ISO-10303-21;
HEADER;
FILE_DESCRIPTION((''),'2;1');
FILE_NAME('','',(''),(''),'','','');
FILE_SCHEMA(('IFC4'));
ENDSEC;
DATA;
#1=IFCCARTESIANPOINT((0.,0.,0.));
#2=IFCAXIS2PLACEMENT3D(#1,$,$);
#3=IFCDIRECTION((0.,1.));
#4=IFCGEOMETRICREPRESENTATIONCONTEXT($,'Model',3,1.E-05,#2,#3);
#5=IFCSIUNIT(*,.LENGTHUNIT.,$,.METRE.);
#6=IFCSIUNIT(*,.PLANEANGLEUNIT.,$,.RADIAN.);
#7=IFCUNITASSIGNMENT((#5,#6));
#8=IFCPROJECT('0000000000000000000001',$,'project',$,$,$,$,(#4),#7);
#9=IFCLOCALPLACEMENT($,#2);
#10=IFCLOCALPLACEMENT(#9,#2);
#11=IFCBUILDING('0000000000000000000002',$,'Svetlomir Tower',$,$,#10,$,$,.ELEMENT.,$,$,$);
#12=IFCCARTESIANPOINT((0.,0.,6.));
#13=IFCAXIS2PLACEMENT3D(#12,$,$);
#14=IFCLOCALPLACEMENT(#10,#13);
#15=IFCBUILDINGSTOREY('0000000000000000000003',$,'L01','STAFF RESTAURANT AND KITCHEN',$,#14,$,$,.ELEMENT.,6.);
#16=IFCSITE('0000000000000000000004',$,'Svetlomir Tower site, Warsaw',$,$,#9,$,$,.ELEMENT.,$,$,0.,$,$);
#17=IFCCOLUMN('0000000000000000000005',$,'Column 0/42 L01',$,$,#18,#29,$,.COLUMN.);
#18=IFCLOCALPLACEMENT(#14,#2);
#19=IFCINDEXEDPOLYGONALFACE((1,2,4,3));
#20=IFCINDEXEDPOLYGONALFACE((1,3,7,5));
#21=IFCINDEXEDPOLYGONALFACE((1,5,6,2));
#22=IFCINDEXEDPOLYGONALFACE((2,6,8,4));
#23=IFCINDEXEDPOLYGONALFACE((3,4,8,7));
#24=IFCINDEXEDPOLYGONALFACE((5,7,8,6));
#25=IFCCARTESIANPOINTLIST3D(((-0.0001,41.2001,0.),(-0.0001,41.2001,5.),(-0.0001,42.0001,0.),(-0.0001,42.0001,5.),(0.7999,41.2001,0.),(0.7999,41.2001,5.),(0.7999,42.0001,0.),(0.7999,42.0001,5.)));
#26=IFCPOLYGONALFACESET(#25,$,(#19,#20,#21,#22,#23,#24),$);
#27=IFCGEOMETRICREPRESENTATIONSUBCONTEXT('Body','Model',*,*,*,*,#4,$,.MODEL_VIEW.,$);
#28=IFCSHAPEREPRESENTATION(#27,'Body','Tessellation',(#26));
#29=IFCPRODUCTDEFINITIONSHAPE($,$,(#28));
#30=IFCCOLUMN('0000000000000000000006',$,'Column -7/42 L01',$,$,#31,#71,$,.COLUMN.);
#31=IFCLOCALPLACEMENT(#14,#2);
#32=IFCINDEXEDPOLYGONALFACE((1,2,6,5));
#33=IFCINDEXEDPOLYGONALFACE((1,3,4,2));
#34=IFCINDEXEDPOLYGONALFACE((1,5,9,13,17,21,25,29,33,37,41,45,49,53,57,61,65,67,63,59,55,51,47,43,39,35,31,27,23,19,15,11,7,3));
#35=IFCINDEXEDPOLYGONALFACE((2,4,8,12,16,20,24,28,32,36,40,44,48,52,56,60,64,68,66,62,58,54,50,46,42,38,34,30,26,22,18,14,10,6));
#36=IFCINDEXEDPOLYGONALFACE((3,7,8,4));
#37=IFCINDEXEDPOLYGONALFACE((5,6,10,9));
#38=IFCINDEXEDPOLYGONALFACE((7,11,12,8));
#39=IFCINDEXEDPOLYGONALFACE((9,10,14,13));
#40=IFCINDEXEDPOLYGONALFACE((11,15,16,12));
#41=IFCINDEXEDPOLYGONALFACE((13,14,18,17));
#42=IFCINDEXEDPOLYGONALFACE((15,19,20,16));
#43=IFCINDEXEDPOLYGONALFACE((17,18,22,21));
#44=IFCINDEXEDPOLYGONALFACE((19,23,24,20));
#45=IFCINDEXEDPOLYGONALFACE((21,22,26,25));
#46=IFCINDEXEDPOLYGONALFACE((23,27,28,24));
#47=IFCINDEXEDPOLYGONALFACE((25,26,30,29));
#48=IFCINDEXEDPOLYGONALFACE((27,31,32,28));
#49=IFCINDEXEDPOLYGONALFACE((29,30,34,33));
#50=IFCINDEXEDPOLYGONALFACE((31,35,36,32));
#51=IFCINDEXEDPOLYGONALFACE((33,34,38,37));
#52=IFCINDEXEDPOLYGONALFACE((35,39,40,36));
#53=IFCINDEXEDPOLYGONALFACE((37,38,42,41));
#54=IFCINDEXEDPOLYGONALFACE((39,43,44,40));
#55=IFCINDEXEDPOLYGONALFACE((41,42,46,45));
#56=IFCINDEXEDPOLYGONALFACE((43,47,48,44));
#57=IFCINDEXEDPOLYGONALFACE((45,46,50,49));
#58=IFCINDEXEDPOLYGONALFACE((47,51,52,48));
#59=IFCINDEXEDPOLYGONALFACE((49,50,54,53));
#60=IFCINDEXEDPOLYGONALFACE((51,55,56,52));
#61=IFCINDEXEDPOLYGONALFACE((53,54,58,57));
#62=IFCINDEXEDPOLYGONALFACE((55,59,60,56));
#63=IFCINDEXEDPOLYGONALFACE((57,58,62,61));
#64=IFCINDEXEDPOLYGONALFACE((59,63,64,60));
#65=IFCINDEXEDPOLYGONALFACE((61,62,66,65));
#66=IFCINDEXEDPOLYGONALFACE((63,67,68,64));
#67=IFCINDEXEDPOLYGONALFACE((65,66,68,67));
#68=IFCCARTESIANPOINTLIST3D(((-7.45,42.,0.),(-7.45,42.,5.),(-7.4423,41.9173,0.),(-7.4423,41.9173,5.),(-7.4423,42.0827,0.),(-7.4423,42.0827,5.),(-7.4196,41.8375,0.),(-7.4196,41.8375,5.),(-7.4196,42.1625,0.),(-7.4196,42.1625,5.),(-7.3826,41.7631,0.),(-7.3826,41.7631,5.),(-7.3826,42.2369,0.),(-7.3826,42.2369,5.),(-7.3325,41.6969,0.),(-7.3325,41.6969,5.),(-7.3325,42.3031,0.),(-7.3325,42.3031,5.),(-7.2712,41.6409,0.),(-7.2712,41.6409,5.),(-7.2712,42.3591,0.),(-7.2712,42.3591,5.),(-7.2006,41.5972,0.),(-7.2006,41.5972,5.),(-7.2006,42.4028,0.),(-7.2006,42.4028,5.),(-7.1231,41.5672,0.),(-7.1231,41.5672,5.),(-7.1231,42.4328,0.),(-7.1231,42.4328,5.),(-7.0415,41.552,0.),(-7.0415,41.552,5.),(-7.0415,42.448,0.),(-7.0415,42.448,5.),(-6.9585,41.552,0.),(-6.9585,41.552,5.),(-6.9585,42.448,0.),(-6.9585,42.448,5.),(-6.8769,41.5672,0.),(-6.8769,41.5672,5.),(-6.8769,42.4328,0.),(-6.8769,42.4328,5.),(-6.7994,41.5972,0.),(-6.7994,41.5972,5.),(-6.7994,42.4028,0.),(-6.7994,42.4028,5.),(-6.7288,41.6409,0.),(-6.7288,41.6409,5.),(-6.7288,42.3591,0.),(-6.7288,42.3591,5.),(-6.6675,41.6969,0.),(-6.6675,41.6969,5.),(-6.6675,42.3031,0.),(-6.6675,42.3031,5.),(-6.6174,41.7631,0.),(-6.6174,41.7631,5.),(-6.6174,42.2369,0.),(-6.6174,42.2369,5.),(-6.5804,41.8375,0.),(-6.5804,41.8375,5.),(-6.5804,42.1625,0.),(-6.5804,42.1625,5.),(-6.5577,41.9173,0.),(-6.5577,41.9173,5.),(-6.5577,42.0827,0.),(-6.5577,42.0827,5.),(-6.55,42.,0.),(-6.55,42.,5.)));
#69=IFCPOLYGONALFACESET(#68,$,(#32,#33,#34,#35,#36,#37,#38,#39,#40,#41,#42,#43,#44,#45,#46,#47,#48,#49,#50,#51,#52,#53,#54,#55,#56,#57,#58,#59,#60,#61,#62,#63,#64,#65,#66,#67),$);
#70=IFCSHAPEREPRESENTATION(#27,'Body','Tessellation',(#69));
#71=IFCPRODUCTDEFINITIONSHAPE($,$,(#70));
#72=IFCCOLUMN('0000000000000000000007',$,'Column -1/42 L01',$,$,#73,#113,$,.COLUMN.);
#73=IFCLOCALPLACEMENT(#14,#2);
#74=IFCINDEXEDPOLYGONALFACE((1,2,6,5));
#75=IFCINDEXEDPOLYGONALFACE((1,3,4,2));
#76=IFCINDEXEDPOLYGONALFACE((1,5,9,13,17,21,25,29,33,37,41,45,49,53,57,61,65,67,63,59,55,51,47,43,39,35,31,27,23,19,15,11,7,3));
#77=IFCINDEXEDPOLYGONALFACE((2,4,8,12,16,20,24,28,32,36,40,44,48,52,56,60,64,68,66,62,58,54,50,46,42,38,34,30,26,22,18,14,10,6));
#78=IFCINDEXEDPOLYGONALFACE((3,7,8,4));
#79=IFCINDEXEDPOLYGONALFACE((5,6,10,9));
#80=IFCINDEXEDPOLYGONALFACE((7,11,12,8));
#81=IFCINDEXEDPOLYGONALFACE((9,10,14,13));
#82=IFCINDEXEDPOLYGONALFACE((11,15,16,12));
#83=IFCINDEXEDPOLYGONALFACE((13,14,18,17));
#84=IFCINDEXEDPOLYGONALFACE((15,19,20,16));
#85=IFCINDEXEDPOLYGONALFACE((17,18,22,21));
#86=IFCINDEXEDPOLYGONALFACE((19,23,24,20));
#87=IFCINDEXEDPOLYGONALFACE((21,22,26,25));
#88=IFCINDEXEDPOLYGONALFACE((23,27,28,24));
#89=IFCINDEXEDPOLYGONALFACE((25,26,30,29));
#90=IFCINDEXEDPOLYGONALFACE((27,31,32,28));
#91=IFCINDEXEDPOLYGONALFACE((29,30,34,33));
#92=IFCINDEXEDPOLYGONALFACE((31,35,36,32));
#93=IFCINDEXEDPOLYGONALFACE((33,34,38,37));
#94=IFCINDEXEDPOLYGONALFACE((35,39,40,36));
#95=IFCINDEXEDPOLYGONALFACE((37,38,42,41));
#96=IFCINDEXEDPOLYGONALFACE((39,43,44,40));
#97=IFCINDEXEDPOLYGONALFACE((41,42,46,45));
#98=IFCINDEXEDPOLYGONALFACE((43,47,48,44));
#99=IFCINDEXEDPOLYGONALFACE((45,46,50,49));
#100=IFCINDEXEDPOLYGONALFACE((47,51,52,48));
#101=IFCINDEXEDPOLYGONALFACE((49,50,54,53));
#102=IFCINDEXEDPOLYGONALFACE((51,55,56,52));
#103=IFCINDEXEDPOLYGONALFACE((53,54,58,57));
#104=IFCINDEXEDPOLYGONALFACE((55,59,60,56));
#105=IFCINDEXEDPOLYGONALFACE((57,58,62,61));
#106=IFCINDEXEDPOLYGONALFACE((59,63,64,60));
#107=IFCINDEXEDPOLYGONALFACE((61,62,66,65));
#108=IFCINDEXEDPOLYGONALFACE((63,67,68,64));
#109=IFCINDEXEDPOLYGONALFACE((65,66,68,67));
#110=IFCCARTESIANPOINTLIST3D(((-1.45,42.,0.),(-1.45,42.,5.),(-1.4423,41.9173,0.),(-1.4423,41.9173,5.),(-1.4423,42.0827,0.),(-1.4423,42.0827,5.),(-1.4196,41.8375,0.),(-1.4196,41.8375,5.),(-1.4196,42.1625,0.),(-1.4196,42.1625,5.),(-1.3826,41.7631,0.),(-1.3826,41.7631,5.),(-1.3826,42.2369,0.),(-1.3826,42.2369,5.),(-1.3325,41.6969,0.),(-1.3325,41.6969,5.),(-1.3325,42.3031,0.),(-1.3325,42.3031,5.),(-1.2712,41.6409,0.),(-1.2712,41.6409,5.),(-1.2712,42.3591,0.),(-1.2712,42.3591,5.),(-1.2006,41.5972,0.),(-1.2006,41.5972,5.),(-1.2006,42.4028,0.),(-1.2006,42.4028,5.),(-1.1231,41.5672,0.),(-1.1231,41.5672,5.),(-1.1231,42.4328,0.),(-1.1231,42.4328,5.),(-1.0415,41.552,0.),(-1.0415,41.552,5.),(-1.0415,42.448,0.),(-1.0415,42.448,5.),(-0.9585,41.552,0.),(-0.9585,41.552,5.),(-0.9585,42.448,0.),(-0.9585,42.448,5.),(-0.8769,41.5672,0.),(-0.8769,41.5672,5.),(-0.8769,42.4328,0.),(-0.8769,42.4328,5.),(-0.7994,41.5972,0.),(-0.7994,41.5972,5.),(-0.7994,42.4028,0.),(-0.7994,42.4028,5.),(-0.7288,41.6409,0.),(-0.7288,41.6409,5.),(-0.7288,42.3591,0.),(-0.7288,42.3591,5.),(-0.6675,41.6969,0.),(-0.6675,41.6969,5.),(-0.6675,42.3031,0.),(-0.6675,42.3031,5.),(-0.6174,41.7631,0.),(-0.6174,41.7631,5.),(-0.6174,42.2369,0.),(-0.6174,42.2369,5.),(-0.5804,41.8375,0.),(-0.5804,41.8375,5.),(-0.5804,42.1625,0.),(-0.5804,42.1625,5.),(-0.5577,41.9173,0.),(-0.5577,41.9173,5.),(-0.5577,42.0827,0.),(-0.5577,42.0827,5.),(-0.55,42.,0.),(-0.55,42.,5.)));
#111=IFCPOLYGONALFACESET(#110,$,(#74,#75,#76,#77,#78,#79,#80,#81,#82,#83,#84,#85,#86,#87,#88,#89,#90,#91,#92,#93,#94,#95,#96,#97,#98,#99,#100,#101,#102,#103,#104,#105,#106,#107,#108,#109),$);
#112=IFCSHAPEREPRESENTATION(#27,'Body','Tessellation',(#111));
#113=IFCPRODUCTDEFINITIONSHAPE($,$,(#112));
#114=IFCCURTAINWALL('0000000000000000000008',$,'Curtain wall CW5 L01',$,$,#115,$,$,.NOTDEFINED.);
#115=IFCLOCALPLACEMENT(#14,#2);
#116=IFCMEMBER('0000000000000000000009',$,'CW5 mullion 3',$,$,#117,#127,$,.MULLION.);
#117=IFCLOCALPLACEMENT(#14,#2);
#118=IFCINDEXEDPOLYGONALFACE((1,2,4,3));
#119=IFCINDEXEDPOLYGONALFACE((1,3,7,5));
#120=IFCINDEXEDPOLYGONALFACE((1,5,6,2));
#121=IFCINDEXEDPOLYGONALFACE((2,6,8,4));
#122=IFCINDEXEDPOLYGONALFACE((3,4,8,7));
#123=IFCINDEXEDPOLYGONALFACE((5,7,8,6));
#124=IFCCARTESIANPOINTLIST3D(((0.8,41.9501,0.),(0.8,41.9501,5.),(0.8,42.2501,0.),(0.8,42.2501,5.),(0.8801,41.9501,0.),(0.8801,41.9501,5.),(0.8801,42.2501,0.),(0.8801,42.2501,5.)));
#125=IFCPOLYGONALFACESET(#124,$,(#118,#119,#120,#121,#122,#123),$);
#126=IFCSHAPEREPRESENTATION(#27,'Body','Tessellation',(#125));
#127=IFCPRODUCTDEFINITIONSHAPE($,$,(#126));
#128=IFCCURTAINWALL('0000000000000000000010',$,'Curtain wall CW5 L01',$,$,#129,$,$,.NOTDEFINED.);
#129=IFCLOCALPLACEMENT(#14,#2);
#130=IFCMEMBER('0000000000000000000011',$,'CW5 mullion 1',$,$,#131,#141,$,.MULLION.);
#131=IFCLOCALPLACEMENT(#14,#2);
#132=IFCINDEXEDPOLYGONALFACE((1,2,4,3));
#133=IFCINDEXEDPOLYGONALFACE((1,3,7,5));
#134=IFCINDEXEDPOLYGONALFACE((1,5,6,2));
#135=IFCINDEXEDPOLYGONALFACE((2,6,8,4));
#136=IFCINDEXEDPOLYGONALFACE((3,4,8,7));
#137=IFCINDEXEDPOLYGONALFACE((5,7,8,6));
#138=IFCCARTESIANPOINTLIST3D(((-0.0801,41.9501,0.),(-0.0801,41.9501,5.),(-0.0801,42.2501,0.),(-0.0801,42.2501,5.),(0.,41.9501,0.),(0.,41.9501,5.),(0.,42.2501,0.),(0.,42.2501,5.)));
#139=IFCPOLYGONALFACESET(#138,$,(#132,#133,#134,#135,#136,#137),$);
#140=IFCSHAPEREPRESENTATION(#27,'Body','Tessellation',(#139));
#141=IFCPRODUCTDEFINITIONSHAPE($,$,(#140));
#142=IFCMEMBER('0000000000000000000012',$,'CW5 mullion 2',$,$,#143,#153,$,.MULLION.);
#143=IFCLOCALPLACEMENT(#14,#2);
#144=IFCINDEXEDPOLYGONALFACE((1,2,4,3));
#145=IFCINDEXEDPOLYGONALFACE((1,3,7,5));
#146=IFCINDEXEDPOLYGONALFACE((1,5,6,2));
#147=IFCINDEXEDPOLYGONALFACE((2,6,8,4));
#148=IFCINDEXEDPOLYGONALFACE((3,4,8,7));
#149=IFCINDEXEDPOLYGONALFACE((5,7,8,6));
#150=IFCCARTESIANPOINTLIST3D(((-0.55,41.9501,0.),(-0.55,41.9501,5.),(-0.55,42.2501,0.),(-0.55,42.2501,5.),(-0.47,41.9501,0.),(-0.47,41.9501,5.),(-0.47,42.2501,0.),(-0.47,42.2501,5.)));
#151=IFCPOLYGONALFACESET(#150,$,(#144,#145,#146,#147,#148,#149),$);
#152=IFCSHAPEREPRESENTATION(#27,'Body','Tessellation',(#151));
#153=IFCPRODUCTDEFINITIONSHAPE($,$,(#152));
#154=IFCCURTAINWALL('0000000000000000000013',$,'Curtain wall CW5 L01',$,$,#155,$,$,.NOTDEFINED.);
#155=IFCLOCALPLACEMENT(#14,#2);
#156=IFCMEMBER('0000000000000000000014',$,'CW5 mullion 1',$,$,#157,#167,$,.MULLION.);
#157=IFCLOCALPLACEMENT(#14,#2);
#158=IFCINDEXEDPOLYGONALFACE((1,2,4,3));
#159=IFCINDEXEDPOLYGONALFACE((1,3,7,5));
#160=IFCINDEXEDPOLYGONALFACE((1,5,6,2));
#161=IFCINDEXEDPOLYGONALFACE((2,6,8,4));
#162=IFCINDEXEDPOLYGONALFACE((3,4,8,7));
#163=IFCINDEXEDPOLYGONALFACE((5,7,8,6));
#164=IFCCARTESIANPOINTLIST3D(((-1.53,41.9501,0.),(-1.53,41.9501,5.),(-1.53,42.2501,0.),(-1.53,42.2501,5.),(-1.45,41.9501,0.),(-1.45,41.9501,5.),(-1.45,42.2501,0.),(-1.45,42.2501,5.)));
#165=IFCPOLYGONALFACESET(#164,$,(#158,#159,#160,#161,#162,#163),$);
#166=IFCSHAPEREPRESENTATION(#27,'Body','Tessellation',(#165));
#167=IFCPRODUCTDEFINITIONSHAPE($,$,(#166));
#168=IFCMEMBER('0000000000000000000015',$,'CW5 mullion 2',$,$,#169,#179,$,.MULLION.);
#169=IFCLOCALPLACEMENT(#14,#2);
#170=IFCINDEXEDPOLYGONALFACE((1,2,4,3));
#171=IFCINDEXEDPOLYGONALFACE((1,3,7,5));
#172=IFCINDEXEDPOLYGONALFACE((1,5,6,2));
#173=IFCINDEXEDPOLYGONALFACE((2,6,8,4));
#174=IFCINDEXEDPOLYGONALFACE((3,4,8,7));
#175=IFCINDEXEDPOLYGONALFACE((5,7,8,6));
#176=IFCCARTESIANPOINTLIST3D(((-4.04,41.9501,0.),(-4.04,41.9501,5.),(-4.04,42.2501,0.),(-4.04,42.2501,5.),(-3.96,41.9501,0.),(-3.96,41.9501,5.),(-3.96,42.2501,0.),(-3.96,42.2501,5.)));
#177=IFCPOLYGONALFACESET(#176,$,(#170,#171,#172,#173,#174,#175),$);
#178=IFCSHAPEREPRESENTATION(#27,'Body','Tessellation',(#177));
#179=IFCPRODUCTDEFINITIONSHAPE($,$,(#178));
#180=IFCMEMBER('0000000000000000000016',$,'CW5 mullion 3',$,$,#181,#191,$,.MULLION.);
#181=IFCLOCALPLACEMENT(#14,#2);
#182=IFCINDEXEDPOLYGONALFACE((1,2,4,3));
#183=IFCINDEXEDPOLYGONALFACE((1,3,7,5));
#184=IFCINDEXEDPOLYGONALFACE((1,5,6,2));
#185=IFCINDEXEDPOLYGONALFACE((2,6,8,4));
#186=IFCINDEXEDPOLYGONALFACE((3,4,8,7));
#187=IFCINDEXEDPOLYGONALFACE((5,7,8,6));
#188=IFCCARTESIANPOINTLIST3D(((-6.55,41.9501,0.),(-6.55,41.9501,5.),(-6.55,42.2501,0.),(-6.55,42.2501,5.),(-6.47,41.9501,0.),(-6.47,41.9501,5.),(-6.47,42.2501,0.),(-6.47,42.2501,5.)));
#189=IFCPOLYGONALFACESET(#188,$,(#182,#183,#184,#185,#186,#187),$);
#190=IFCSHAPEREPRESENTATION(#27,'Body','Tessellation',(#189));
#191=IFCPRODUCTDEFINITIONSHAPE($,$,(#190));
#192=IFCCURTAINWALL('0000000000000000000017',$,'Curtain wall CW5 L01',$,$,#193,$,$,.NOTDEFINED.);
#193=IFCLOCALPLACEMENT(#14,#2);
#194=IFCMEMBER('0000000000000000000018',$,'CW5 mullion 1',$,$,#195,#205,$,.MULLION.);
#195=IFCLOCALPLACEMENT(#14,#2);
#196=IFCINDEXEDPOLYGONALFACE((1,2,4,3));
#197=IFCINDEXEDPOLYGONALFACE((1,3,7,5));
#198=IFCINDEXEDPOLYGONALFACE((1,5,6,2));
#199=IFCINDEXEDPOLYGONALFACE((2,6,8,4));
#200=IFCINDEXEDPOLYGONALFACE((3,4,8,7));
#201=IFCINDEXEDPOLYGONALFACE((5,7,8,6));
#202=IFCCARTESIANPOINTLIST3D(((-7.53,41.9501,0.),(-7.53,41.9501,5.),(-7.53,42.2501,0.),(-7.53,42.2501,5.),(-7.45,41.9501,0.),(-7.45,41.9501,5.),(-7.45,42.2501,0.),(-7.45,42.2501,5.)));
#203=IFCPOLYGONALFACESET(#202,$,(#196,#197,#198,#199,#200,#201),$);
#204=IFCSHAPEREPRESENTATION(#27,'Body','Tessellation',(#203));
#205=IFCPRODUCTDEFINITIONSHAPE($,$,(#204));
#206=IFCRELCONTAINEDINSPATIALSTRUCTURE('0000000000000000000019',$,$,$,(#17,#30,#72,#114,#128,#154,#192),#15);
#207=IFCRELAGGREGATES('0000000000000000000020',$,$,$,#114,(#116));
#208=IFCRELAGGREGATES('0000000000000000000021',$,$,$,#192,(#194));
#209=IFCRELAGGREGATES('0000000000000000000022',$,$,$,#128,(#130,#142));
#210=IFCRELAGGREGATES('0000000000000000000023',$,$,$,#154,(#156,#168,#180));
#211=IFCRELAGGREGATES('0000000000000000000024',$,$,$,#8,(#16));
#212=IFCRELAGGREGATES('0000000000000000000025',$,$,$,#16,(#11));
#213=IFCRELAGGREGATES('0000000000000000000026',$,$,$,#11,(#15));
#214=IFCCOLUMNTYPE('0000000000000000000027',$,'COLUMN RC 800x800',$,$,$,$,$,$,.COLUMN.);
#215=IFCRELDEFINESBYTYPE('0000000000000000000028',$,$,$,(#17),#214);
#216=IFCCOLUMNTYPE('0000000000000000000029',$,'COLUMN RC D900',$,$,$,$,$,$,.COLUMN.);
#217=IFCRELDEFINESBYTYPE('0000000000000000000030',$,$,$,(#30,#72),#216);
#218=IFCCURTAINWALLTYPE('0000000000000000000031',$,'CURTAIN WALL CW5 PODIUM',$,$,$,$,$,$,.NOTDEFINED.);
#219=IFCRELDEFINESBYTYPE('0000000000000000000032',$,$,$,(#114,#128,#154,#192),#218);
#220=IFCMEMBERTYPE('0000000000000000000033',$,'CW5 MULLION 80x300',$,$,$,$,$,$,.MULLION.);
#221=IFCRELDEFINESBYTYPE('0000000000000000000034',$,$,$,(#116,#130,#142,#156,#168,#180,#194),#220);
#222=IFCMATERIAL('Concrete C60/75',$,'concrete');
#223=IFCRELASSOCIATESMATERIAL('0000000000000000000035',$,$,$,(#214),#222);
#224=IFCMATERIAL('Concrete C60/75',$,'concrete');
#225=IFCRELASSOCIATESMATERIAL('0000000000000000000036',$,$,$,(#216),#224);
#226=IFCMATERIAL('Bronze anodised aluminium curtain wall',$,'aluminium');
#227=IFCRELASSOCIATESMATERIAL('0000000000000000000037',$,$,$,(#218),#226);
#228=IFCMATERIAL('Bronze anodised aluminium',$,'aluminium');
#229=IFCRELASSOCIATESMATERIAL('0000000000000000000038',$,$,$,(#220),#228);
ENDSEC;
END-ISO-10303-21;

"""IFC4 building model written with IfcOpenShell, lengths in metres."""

from ifc_helpers import new_model, si_unit, direction, frame, origin, origin_2d, place, context, subcontext, project, spatial, rectangle, circle, extrude, material, material_profile, profile_set, type_object, element, aggregate, save


model = new_model("IFC4")

# Units and contexts
model_context = context("Model", 3, precision=1e-05, world=origin(), true_north=direction((0.0, 1.0)))
body_context = subcontext(model_context, "Body", "Model", "MODEL_VIEW")
ifc_project = project(units=[si_unit("LENGTHUNIT", "METRE"), si_unit("PLANEANGLEUNIT", "RADIAN")], contexts=[model_context])

# Site, building, storey
site_placement = place(None, origin())
site = spatial("IfcSite", under=ifc_project, at=site_placement, Name="Svetlomir Tower site, Warsaw", CompositionType="ELEMENT", RefElevation=0.0)
building_placement = place(site_placement, origin())
building = spatial("IfcBuilding", under=site, at=building_placement, Name="Svetlomir Tower", CompositionType="ELEMENT")
storey_placement = place(building_placement, frame((0.0, 0.0, 6.0)))
storey = spatial("IfcBuildingStorey", under=building, at=storey_placement, Name="L01", Description="STAFF RESTAURANT AND KITCHEN", CompositionType="ELEMENT", Elevation=6.0)

# Columns
ifc_material_1 = material(Name="Concrete C60/75", Category="concrete")
ifc_material_profile_1 = material_profile(ifc_material_1, rectangle(XDim=0.8, YDim=0.8, at=origin_2d()), Name="RC 800x800")
ifc_profile_set_1 = profile_set([ifc_material_profile_1], Name="Concrete C60/75")
column_type_1 = type_object("IfcColumnType", Name="COLUMN RC 800x800", PredefinedType="COLUMN", material=ifc_profile_set_1)
column_placement = place(storey_placement, frame((0.3999, 41.6001, 0.0), z_axis=(0.0, 0.0, 1.0), x_axis=(1.0, 0.0, 0.0)))
element("IfcColumn", 1, at=column_placement, inside=storey, type_object=column_type_1, Name="Column 0/42 L01", PredefinedType="COLUMN", context=body_context, shape_type="SweptSolid", body=[
    extrude(rectangle(XDim=0.8, YDim=0.8, at=origin_2d()), origin(), (0.0, 0.0, 1.0), 5.0),
])
ifc_material_2 = material(Name="Concrete C60/75", Category="concrete")
ifc_material_profile_2 = material_profile(ifc_material_2, circle(Radius=0.45, at=origin_2d()), Name="RC D900")
ifc_profile_set_2 = profile_set([ifc_material_profile_2], Name="Concrete C60/75")
column_type_2 = type_object("IfcColumnType", Name="COLUMN RC D900", PredefinedType="COLUMN", material=ifc_profile_set_2)
for number, where, z_axis, x_axis, name in (
    (2, (-7.0, 42.0, 0.0), (0.0, 0.0, 1.0), (1.0, 0.0, 0.0), "Column -7/42 L01"),
    (3, (-1.0, 42.0, 0.0), (0.0, 0.0, 1.0), (1.0, 0.0, 0.0), "Column -1/42 L01"),
):
    element("IfcColumn", number, at=place(storey_placement, frame(where, z_axis=z_axis, x_axis=x_axis)), inside=storey, type_object=column_type_2, Name=name, PredefinedType="COLUMN", context=body_context, shape_type="SweptSolid", body=[
        extrude(circle(Radius=0.45, at=origin_2d()), origin(), (0.0, 0.0, 1.0), 5.0),
    ])

# Curtain wall, member
ifc_material_3 = material(Name="Bronze anodised aluminium curtain wall", Category="aluminium")
curtain_wall_type = type_object("IfcCurtainWallType", Name="CURTAIN WALL CW5 PODIUM", PredefinedType="NOTDEFINED", material=ifc_material_3)
curtain_wall_1_placement = place(storey_placement, origin())
curtain_wall_1 = element("IfcCurtainWall", 4, at=curtain_wall_1_placement, inside=storey, type_object=curtain_wall_type, Name="Curtain wall CW5 L01", PredefinedType="NOTDEFINED")
ifc_material_4 = material(Name="Bronze anodised aluminium", Category="aluminium")
ifc_material_profile_3 = material_profile(ifc_material_4, rectangle(XDim=0.0801, YDim=0.3, at=origin_2d()), Name="AL 80x300")
ifc_profile_set_3 = profile_set([ifc_material_profile_3], Name="Bronze anodised aluminium 6063-T6")
member_type_1 = type_object("IfcMemberType", Name="CW5 MULLION 80x300", PredefinedType="MULLION", material=ifc_profile_set_3)
member_1_placement = place(storey_placement, frame((0.8401, 42.1001, 0.0), z_axis=(0.0, 0.0, 1.0), x_axis=(-1.0, 0.0, 0.0)))
member_1 = element("IfcMember", 5, at=member_1_placement, type_object=member_type_1, Name="CW5 mullion 3", PredefinedType="MULLION", context=body_context, shape_type="SweptSolid", body=[
    extrude(rectangle(XDim=0.0801, YDim=0.3, at=origin_2d()), origin(), (0.0, 0.0, 1.0), 5.0),
])
aggregate(curtain_wall_1, [member_1])

# Curtain walls, members
curtain_wall_2_placement = place(storey_placement, origin())
curtain_wall_2 = element("IfcCurtainWall", 6, at=curtain_wall_2_placement, inside=storey, type_object=curtain_wall_type, Name="Curtain wall CW5 L01", PredefinedType="NOTDEFINED")
member_2_placement = place(storey_placement, frame((-0.04, 42.1001, 0.0), z_axis=(0.0, 0.0, 1.0), x_axis=(-1.0, 0.0, 0.0)))
member_2 = element("IfcMember", 7, at=member_2_placement, type_object=member_type_1, Name="CW5 mullion 1", PredefinedType="MULLION", context=body_context, shape_type="SweptSolid", body=[
    extrude(rectangle(XDim=0.0801, YDim=0.3, at=origin_2d()), origin(), (0.0, 0.0, 1.0), 5.0),
])
member_3_placement = place(storey_placement, frame((-0.51, 42.1001, 0.0), z_axis=(0.0, 0.0, 1.0), x_axis=(-1.0, 0.0, 0.0)))
member_3 = element("IfcMember", 8, at=member_3_placement, type_object=member_type_1, Name="CW5 mullion 2", PredefinedType="MULLION", context=body_context, shape_type="SweptSolid", body=[
    extrude(rectangle(XDim=0.0801, YDim=0.3, at=origin_2d()), origin(), (0.0, 0.0, 1.0), 5.0),
])
curtain_wall_3_placement = place(storey_placement, origin())
curtain_wall_3 = element("IfcCurtainWall", 9, at=curtain_wall_3_placement, inside=storey, type_object=curtain_wall_type, Name="Curtain wall CW5 L01", PredefinedType="NOTDEFINED")
member_4_placement = place(storey_placement, frame((-1.49, 42.1001, 0.0), z_axis=(0.0, 0.0, 1.0), x_axis=(-1.0, 0.0, 0.0)))
member_4 = element("IfcMember", 10, at=member_4_placement, type_object=member_type_1, Name="CW5 mullion 1", PredefinedType="MULLION", context=body_context, shape_type="SweptSolid", body=[
    extrude(rectangle(XDim=0.0801, YDim=0.3, at=origin_2d()), origin(), (0.0, 0.0, 1.0), 5.0),
])
member_5_placement = place(storey_placement, frame((-4.0, 42.1001, 0.0), z_axis=(0.0, 0.0, 1.0), x_axis=(-1.0, 0.0, 0.0)))
member_5 = element("IfcMember", 11, at=member_5_placement, type_object=member_type_1, Name="CW5 mullion 2", PredefinedType="MULLION", context=body_context, shape_type="SweptSolid", body=[
    extrude(rectangle(XDim=0.0801, YDim=0.3, at=origin_2d()), origin(), (0.0, 0.0, 1.0), 5.0),
])
member_6_placement = place(storey_placement, frame((-6.51, 42.1001, 0.0), z_axis=(0.0, 0.0, 1.0), x_axis=(-1.0, 0.0, 0.0)))
member_6 = element("IfcMember", 12, at=member_6_placement, type_object=member_type_1, Name="CW5 mullion 3", PredefinedType="MULLION", context=body_context, shape_type="SweptSolid", body=[
    extrude(rectangle(XDim=0.0801, YDim=0.3, at=origin_2d()), origin(), (0.0, 0.0, 1.0), 5.0),
])

# Curtain wall, member
curtain_wall_4_placement = place(storey_placement, origin())
curtain_wall_4 = element("IfcCurtainWall", 13, at=curtain_wall_4_placement, inside=storey, type_object=curtain_wall_type, Name="Curtain wall CW5 L01", PredefinedType="NOTDEFINED")
member_7_placement = place(storey_placement, frame((-7.49, 42.1001, 0.0), z_axis=(0.0, 0.0, 1.0), x_axis=(-1.0, 0.0, 0.0)))
member_7 = element("IfcMember", 14, at=member_7_placement, type_object=member_type_1, Name="CW5 mullion 1", PredefinedType="MULLION", context=body_context, shape_type="SweptSolid", body=[
    extrude(rectangle(XDim=0.0801, YDim=0.3, at=origin_2d()), origin(), (0.0, 0.0, 1.0), 5.0),
])
aggregate(curtain_wall_4, [member_7])

aggregate(curtain_wall_2, [member_2, member_3])
aggregate(curtain_wall_3, [member_4, member_5, member_6])

save(model, "model.ifc")
